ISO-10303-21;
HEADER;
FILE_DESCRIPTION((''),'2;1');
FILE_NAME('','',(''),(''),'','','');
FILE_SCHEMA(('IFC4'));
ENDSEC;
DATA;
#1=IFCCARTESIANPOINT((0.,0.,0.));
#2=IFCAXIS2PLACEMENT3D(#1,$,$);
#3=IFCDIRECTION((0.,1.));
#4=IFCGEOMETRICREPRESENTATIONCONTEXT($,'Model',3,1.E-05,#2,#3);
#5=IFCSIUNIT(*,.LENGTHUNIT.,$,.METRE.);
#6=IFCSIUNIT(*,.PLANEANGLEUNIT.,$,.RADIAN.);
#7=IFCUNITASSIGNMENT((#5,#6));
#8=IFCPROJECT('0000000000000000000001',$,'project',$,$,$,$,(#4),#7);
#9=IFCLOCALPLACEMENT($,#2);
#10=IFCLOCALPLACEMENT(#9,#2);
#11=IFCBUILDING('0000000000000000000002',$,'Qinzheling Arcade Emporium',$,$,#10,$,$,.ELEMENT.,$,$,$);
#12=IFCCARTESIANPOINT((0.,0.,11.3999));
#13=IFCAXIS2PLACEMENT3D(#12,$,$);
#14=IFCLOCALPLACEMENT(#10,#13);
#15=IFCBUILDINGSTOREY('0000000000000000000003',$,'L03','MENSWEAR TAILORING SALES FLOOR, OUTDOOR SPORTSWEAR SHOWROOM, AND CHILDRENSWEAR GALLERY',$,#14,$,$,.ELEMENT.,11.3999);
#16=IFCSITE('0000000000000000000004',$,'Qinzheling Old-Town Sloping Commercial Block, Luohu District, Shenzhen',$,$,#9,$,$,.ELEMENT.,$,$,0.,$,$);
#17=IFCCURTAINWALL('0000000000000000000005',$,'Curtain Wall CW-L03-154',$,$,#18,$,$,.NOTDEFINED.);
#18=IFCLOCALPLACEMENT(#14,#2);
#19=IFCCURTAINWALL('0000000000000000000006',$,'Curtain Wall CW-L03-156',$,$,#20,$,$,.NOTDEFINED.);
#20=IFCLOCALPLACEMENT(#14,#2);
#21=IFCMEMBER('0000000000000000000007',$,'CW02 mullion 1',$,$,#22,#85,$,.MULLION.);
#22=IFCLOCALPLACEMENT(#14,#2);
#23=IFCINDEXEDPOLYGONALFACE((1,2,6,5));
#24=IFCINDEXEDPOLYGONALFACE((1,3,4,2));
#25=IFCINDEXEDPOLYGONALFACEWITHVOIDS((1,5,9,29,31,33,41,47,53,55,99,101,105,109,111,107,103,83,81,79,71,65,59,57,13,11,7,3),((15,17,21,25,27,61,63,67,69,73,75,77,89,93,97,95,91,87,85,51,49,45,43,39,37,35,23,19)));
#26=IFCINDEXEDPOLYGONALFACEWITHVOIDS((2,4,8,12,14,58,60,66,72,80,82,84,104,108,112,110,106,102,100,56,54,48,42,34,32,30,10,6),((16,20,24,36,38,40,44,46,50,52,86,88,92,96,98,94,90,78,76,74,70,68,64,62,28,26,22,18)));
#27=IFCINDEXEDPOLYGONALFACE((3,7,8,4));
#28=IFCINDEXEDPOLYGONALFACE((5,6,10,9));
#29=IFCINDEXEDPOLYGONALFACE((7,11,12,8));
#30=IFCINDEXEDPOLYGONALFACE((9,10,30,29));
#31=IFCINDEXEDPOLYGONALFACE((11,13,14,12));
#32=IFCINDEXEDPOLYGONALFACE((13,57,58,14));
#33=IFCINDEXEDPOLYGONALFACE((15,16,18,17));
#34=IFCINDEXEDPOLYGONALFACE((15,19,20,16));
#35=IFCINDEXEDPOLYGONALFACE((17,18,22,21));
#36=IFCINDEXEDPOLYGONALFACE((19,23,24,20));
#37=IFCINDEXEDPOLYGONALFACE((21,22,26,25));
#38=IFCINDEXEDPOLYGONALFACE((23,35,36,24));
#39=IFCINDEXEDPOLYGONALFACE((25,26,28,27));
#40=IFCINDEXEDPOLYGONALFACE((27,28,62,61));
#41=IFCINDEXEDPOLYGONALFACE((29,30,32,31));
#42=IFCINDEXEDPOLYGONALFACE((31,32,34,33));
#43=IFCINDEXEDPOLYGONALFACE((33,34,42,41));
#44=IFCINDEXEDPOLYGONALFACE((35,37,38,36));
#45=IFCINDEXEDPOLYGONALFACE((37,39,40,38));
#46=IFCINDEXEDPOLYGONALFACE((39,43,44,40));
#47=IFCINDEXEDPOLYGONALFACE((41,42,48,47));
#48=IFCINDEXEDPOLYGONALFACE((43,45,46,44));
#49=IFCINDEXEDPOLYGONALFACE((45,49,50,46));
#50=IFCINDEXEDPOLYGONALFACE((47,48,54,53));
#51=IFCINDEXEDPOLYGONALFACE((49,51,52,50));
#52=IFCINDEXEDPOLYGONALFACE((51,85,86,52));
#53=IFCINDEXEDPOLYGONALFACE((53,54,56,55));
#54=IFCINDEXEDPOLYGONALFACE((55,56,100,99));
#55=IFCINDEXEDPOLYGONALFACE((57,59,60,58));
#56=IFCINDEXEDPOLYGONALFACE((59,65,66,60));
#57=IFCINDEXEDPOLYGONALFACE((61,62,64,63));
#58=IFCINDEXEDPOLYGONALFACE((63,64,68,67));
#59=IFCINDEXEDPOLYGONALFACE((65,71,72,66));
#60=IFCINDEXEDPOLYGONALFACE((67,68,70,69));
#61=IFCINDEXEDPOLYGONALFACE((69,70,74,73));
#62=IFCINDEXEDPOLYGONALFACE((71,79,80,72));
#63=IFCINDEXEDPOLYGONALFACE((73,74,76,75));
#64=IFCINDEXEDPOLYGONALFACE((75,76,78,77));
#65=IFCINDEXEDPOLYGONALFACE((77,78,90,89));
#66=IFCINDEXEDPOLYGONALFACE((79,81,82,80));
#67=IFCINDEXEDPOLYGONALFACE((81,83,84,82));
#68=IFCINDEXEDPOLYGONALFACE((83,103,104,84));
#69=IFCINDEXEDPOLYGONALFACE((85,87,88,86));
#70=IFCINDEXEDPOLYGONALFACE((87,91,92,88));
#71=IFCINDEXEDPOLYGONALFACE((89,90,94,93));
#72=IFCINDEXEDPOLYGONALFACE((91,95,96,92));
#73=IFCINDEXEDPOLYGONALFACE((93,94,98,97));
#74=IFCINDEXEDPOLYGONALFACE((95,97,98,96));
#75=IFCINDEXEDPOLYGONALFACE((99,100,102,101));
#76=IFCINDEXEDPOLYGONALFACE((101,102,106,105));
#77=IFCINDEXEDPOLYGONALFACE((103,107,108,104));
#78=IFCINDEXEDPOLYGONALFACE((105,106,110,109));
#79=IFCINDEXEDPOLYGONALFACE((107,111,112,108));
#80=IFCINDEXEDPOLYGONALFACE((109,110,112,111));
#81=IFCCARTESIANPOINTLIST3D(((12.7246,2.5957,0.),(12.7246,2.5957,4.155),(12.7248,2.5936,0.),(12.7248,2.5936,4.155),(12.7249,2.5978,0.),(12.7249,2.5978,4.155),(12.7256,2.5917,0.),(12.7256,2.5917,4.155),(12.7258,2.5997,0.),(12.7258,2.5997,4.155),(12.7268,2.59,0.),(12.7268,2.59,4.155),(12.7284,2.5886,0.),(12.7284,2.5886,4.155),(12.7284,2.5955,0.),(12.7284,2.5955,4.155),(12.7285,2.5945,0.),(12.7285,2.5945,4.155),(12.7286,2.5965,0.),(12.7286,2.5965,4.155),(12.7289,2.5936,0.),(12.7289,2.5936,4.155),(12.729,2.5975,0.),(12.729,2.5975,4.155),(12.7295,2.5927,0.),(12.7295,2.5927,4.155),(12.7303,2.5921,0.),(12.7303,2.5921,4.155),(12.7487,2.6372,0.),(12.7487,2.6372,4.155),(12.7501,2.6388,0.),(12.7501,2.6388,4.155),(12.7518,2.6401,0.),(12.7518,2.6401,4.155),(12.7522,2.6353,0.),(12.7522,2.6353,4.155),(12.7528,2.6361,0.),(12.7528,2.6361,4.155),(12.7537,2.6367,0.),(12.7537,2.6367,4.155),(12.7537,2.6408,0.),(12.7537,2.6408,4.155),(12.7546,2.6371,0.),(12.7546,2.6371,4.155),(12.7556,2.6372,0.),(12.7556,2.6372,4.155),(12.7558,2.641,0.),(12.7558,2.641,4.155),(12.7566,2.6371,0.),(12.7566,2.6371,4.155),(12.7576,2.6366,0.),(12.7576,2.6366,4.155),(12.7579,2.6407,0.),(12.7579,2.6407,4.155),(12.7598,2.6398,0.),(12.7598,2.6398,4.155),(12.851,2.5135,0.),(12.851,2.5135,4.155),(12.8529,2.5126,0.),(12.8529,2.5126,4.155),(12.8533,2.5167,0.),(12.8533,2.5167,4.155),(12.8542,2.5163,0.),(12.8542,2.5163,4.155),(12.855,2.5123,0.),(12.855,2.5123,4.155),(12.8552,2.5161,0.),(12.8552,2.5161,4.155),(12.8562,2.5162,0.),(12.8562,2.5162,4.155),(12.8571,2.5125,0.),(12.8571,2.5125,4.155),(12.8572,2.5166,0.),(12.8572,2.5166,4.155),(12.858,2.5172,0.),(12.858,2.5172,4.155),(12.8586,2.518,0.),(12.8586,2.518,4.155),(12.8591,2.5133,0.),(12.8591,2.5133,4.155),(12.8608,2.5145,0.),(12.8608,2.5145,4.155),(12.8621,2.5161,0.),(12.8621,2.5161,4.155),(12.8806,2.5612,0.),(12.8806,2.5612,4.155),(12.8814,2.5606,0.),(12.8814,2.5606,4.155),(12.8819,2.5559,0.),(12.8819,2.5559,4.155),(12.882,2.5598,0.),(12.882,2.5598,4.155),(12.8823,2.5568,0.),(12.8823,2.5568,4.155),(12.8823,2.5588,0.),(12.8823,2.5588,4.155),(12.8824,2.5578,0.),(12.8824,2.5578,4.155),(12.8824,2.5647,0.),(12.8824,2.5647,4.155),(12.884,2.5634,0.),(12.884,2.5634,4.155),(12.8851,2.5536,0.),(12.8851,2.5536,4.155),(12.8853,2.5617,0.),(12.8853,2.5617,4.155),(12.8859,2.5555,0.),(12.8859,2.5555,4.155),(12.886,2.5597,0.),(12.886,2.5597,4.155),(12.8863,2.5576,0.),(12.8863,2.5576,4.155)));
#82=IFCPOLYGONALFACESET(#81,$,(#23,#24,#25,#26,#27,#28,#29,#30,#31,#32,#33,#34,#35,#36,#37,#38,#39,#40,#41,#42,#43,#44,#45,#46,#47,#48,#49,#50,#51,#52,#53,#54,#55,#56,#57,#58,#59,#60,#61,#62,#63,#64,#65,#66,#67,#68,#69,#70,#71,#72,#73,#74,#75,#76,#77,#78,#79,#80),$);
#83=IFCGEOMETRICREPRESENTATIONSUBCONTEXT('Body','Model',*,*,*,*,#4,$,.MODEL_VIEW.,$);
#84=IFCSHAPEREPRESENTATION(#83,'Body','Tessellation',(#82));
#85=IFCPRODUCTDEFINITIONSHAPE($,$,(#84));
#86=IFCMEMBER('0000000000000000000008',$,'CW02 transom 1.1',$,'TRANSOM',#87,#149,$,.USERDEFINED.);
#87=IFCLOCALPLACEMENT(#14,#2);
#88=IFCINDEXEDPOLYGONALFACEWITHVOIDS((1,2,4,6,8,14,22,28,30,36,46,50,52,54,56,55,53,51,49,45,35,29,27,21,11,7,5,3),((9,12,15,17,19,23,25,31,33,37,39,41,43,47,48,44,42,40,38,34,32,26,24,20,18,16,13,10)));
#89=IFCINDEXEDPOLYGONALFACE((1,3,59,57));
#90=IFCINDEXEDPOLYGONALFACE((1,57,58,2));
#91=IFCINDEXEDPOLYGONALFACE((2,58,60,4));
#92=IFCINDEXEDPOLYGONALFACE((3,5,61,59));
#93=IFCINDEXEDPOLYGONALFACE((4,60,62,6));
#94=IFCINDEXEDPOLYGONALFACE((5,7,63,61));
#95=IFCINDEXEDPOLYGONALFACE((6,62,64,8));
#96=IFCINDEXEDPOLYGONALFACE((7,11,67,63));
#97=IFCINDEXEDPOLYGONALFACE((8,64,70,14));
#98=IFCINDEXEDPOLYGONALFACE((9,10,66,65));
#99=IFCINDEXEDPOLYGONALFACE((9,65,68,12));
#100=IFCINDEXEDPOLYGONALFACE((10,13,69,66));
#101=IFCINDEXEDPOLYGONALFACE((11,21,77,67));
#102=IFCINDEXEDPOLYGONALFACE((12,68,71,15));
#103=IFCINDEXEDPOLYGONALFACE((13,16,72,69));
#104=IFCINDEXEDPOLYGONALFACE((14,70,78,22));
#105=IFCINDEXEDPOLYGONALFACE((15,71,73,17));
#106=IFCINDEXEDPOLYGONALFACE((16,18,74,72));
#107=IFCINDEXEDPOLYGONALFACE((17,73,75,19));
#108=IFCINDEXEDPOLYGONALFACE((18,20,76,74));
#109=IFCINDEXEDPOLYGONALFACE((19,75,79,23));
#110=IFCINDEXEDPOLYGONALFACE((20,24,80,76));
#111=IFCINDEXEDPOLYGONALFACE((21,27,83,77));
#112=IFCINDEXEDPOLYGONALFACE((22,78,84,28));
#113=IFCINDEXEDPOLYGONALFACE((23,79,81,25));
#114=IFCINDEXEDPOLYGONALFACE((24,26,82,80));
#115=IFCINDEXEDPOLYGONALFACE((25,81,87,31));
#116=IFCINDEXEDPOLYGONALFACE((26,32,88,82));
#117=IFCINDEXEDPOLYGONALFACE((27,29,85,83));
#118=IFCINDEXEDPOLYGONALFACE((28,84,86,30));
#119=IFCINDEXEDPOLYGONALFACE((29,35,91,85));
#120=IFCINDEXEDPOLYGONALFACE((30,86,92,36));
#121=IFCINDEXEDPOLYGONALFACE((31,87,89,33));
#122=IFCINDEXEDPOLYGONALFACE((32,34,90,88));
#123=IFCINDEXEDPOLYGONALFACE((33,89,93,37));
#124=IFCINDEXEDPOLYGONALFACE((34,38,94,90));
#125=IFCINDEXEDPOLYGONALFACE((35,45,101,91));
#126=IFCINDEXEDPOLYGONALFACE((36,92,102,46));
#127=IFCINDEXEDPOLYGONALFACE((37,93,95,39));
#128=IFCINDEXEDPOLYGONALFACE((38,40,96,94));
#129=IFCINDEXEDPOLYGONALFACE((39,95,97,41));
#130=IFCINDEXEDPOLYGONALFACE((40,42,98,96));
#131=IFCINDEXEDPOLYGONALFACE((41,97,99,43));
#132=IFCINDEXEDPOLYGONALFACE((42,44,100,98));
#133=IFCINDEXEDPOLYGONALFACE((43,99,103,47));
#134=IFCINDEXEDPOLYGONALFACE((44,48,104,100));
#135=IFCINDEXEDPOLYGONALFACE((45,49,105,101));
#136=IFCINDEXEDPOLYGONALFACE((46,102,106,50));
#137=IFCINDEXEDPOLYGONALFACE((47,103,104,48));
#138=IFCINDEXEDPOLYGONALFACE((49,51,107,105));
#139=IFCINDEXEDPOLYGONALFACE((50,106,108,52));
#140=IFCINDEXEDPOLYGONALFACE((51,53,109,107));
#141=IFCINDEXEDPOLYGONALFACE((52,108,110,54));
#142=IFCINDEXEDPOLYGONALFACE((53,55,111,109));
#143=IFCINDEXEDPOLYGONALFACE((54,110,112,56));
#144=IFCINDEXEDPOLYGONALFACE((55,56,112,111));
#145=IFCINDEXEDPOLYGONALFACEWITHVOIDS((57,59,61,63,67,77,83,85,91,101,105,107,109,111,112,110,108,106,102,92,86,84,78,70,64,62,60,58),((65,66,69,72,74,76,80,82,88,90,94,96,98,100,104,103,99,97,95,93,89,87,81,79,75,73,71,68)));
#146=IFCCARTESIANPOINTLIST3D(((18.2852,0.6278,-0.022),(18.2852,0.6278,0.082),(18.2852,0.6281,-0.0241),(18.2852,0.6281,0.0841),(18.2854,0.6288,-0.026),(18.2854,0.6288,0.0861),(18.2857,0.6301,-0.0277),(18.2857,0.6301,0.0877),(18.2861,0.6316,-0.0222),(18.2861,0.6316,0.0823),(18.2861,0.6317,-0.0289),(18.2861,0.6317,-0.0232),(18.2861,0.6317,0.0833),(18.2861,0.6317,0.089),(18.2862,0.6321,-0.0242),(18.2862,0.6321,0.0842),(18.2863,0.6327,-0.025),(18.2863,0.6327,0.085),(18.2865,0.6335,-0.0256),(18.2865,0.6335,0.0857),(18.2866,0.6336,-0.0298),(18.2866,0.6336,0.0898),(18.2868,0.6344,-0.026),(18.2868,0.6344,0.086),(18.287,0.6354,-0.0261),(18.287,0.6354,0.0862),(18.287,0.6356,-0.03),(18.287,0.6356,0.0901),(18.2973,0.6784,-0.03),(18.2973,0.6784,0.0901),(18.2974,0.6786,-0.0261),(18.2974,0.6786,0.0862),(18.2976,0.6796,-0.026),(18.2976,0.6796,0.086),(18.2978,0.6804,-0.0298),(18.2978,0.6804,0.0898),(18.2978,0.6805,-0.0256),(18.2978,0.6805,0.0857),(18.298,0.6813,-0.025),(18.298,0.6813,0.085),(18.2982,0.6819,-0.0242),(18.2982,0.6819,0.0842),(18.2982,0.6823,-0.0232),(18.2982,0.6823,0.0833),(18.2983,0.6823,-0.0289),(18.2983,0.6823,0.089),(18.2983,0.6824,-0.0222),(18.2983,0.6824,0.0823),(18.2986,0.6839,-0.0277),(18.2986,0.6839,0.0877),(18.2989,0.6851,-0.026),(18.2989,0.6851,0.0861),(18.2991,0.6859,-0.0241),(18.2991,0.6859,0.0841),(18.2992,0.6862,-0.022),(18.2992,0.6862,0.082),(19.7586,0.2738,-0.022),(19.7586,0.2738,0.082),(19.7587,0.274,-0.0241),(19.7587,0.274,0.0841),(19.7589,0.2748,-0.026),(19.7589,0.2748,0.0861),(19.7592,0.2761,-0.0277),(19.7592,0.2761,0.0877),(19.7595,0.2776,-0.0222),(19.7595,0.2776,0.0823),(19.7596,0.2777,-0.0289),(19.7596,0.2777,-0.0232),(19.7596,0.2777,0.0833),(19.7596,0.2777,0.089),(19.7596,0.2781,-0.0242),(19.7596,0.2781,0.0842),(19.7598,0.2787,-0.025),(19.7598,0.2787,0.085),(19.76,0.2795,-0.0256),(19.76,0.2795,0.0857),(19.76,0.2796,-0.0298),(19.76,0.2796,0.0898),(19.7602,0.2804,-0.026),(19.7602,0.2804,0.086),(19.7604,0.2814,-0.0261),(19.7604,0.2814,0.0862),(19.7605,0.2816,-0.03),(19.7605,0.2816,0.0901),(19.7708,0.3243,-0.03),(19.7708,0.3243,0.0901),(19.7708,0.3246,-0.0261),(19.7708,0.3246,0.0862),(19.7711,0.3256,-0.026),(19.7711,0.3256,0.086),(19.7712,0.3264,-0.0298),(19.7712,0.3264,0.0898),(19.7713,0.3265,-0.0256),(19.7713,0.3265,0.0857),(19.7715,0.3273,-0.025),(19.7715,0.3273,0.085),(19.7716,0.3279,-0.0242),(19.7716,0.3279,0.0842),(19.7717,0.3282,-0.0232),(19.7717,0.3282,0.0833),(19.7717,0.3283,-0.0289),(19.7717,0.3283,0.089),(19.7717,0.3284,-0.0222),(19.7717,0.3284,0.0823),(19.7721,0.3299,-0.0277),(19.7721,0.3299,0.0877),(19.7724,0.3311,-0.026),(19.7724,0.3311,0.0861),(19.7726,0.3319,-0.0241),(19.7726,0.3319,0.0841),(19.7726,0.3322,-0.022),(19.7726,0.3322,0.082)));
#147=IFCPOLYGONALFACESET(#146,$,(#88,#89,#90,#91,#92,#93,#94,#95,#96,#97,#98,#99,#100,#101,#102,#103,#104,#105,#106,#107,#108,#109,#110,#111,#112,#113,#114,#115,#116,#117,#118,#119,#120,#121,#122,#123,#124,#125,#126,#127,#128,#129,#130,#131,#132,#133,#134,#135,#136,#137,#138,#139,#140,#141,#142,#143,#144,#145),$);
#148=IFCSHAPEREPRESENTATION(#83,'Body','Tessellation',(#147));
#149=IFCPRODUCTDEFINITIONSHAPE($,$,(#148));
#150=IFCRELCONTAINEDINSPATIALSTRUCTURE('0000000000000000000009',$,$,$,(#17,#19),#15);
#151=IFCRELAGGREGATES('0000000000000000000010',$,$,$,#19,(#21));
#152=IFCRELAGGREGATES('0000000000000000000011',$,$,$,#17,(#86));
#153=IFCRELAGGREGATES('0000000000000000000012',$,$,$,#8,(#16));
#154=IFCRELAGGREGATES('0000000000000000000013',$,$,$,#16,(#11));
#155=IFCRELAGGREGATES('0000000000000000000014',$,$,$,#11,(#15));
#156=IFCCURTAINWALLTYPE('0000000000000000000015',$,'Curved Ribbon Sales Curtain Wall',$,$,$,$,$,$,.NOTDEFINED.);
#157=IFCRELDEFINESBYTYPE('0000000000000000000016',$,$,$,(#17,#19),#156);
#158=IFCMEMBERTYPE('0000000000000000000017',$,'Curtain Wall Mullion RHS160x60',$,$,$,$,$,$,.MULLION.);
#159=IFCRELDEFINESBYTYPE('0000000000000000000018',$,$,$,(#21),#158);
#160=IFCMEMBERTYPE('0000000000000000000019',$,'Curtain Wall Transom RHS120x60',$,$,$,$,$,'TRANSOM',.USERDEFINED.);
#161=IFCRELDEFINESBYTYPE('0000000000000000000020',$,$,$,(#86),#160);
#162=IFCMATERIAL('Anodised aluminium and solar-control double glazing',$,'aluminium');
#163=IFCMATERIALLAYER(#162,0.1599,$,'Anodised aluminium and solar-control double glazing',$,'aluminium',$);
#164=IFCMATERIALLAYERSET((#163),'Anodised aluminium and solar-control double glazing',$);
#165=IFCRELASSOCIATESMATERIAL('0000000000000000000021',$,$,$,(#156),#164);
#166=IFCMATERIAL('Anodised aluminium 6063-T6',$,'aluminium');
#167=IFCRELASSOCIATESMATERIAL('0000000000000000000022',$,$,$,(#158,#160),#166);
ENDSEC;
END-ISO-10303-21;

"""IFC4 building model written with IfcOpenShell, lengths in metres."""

from ifc_helpers import new_model, si_unit, direction, frame, origin, origin_2d, place, context, subcontext, project, spatial, hollow_rectangle, extrude, material, layer, layer_set, material_profile, profile_set, type_object, element, aggregate, save


model = new_model("IFC4")

# Units and contexts
model_context = context("Model", 3, precision=1e-05, world=origin(), true_north=direction((0.0, 1.0)))
body_context = subcontext(model_context, "Body", "Model", "MODEL_VIEW")
ifc_project = project(units=[si_unit("LENGTHUNIT", "METRE"), si_unit("PLANEANGLEUNIT", "RADIAN")], contexts=[model_context])

# Site, building, storey
site_placement = place(None, origin())
site = spatial("IfcSite", under=ifc_project, at=site_placement, Name="Qinzheling Old-Town Sloping Commercial Block, Luohu District, Shenzhen", CompositionType="ELEMENT", RefElevation=0.0)
building_placement = place(site_placement, origin())
building = spatial("IfcBuilding", under=site, at=building_placement, Name="Qinzheling Arcade Emporium", CompositionType="ELEMENT")
storey_placement = place(building_placement, frame((0.0, 0.0, 11.3999)))
storey = spatial("IfcBuildingStorey", under=building, at=storey_placement, Name="L03", Description="MENSWEAR TAILORING SALES FLOOR, OUTDOOR SPORTSWEAR SHOWROOM, AND CHILDRENSWEAR GALLERY", CompositionType="ELEMENT", Elevation=11.3999)

# Curtain wall
ifc_material_1 = material(Name="Anodised aluminium and solar-control double glazing", Category="aluminium")
ifc_layer_1 = layer(ifc_material_1, 0.1599, Name="Anodised aluminium and solar-control double glazing", Category="aluminium")
ifc_layer_set_1 = layer_set([ifc_layer_1], Name="Anodised aluminium and solar-control double glazing")
curtain_wall_type = type_object("IfcCurtainWallType", Name="Curved Ribbon Sales Curtain Wall", PredefinedType="NOTDEFINED", material=ifc_layer_set_1)
curtain_wall_1_placement = place(storey_placement, origin())
curtain_wall_1 = element("IfcCurtainWall", 1, at=curtain_wall_1_placement, inside=storey, type_object=curtain_wall_type, Name="Curtain Wall CW-L03-154", PredefinedType="NOTDEFINED")
ifc_material_2 = material(Name="Anodised aluminium 6063-T6", Category="aluminium")
ifc_material_profile_1 = material_profile(ifc_material_2, hollow_rectangle(XDim=0.0601, YDim=0.1599, WallThickness=0.0039, InnerFilletRadius=0.0039, OuterFilletRadius=0.0081, at=origin_2d()), Name="RHS 160x60x4", Category="aluminium")
ifc_profile_set_1 = profile_set([ifc_material_profile_1], Name="Anodised aluminium 6063-T6")
member_type_1 = type_object("IfcMemberType", Name="Curtain Wall Mullion RHS160x60", PredefinedType="MULLION", material=ifc_profile_set_1)

# Curtain wall, member
curtain_wall_2_placement = place(storey_placement, origin())
curtain_wall_2 = element("IfcCurtainWall", 2, at=curtain_wall_2_placement, inside=storey, type_object=curtain_wall_type, Name="Curtain Wall CW-L03-156", PredefinedType="NOTDEFINED")
member_1_placement = place(storey_placement, frame((12.8054, 2.5767, 0.0), z_axis=(0.0, 0.0, 1.0), x_axis=(-0.522672, -0.852534, 0.0)))
member_1 = element("IfcMember", 3, at=member_1_placement, type_object=member_type_1, Name="CW02 mullion 1", PredefinedType="MULLION", context=body_context, shape_type="SweptSolid", body=[
    extrude(hollow_rectangle(XDim=0.0601, YDim=0.1599, WallThickness=0.0039, InnerFilletRadius=0.0039, OuterFilletRadius=0.0081, at=origin_2d()), origin(), (0.0, 0.0, 1.0), 4.155),
])

# Member
ifc_material_profile_2 = material_profile(ifc_material_2, hollow_rectangle(XDim=0.0601, YDim=0.1201, WallThickness=0.0039, InnerFilletRadius=0.0039, OuterFilletRadius=0.0081, at=origin_2d()), Name="RHS 120x60x4", Category="aluminium")
ifc_profile_set_2 = profile_set([ifc_material_profile_2], Name="Anodised aluminium 6063-T6")
member_type_2 = type_object("IfcMemberType", Name="Curtain Wall Transom RHS120x60", ElementType="TRANSOM", PredefinedType="USERDEFINED", material=ifc_profile_set_2)
member_2_placement = place(storey_placement, frame((19.7656, 0.303, 0.03), z_axis=(-0.972329, 0.233617, 0.0), x_axis=(-0.233617, -0.972329, 0.0)))
member_2 = element("IfcMember", 4, at=member_2_placement, type_object=member_type_2, Name="CW02 transom 1.1", ObjectType="TRANSOM", PredefinedType="USERDEFINED", context=body_context, shape_type="SweptSolid", body=[
    extrude(hollow_rectangle(XDim=0.0601, YDim=0.1201, WallThickness=0.0039, InnerFilletRadius=0.0039, OuterFilletRadius=0.0081, at=origin_2d()), origin(), (0.0, 0.0, 1.0), 1.5154),
])
aggregate(curtain_wall_2, [member_1])

aggregate(curtain_wall_1, [member_2])

save(model, "model.ifc")
